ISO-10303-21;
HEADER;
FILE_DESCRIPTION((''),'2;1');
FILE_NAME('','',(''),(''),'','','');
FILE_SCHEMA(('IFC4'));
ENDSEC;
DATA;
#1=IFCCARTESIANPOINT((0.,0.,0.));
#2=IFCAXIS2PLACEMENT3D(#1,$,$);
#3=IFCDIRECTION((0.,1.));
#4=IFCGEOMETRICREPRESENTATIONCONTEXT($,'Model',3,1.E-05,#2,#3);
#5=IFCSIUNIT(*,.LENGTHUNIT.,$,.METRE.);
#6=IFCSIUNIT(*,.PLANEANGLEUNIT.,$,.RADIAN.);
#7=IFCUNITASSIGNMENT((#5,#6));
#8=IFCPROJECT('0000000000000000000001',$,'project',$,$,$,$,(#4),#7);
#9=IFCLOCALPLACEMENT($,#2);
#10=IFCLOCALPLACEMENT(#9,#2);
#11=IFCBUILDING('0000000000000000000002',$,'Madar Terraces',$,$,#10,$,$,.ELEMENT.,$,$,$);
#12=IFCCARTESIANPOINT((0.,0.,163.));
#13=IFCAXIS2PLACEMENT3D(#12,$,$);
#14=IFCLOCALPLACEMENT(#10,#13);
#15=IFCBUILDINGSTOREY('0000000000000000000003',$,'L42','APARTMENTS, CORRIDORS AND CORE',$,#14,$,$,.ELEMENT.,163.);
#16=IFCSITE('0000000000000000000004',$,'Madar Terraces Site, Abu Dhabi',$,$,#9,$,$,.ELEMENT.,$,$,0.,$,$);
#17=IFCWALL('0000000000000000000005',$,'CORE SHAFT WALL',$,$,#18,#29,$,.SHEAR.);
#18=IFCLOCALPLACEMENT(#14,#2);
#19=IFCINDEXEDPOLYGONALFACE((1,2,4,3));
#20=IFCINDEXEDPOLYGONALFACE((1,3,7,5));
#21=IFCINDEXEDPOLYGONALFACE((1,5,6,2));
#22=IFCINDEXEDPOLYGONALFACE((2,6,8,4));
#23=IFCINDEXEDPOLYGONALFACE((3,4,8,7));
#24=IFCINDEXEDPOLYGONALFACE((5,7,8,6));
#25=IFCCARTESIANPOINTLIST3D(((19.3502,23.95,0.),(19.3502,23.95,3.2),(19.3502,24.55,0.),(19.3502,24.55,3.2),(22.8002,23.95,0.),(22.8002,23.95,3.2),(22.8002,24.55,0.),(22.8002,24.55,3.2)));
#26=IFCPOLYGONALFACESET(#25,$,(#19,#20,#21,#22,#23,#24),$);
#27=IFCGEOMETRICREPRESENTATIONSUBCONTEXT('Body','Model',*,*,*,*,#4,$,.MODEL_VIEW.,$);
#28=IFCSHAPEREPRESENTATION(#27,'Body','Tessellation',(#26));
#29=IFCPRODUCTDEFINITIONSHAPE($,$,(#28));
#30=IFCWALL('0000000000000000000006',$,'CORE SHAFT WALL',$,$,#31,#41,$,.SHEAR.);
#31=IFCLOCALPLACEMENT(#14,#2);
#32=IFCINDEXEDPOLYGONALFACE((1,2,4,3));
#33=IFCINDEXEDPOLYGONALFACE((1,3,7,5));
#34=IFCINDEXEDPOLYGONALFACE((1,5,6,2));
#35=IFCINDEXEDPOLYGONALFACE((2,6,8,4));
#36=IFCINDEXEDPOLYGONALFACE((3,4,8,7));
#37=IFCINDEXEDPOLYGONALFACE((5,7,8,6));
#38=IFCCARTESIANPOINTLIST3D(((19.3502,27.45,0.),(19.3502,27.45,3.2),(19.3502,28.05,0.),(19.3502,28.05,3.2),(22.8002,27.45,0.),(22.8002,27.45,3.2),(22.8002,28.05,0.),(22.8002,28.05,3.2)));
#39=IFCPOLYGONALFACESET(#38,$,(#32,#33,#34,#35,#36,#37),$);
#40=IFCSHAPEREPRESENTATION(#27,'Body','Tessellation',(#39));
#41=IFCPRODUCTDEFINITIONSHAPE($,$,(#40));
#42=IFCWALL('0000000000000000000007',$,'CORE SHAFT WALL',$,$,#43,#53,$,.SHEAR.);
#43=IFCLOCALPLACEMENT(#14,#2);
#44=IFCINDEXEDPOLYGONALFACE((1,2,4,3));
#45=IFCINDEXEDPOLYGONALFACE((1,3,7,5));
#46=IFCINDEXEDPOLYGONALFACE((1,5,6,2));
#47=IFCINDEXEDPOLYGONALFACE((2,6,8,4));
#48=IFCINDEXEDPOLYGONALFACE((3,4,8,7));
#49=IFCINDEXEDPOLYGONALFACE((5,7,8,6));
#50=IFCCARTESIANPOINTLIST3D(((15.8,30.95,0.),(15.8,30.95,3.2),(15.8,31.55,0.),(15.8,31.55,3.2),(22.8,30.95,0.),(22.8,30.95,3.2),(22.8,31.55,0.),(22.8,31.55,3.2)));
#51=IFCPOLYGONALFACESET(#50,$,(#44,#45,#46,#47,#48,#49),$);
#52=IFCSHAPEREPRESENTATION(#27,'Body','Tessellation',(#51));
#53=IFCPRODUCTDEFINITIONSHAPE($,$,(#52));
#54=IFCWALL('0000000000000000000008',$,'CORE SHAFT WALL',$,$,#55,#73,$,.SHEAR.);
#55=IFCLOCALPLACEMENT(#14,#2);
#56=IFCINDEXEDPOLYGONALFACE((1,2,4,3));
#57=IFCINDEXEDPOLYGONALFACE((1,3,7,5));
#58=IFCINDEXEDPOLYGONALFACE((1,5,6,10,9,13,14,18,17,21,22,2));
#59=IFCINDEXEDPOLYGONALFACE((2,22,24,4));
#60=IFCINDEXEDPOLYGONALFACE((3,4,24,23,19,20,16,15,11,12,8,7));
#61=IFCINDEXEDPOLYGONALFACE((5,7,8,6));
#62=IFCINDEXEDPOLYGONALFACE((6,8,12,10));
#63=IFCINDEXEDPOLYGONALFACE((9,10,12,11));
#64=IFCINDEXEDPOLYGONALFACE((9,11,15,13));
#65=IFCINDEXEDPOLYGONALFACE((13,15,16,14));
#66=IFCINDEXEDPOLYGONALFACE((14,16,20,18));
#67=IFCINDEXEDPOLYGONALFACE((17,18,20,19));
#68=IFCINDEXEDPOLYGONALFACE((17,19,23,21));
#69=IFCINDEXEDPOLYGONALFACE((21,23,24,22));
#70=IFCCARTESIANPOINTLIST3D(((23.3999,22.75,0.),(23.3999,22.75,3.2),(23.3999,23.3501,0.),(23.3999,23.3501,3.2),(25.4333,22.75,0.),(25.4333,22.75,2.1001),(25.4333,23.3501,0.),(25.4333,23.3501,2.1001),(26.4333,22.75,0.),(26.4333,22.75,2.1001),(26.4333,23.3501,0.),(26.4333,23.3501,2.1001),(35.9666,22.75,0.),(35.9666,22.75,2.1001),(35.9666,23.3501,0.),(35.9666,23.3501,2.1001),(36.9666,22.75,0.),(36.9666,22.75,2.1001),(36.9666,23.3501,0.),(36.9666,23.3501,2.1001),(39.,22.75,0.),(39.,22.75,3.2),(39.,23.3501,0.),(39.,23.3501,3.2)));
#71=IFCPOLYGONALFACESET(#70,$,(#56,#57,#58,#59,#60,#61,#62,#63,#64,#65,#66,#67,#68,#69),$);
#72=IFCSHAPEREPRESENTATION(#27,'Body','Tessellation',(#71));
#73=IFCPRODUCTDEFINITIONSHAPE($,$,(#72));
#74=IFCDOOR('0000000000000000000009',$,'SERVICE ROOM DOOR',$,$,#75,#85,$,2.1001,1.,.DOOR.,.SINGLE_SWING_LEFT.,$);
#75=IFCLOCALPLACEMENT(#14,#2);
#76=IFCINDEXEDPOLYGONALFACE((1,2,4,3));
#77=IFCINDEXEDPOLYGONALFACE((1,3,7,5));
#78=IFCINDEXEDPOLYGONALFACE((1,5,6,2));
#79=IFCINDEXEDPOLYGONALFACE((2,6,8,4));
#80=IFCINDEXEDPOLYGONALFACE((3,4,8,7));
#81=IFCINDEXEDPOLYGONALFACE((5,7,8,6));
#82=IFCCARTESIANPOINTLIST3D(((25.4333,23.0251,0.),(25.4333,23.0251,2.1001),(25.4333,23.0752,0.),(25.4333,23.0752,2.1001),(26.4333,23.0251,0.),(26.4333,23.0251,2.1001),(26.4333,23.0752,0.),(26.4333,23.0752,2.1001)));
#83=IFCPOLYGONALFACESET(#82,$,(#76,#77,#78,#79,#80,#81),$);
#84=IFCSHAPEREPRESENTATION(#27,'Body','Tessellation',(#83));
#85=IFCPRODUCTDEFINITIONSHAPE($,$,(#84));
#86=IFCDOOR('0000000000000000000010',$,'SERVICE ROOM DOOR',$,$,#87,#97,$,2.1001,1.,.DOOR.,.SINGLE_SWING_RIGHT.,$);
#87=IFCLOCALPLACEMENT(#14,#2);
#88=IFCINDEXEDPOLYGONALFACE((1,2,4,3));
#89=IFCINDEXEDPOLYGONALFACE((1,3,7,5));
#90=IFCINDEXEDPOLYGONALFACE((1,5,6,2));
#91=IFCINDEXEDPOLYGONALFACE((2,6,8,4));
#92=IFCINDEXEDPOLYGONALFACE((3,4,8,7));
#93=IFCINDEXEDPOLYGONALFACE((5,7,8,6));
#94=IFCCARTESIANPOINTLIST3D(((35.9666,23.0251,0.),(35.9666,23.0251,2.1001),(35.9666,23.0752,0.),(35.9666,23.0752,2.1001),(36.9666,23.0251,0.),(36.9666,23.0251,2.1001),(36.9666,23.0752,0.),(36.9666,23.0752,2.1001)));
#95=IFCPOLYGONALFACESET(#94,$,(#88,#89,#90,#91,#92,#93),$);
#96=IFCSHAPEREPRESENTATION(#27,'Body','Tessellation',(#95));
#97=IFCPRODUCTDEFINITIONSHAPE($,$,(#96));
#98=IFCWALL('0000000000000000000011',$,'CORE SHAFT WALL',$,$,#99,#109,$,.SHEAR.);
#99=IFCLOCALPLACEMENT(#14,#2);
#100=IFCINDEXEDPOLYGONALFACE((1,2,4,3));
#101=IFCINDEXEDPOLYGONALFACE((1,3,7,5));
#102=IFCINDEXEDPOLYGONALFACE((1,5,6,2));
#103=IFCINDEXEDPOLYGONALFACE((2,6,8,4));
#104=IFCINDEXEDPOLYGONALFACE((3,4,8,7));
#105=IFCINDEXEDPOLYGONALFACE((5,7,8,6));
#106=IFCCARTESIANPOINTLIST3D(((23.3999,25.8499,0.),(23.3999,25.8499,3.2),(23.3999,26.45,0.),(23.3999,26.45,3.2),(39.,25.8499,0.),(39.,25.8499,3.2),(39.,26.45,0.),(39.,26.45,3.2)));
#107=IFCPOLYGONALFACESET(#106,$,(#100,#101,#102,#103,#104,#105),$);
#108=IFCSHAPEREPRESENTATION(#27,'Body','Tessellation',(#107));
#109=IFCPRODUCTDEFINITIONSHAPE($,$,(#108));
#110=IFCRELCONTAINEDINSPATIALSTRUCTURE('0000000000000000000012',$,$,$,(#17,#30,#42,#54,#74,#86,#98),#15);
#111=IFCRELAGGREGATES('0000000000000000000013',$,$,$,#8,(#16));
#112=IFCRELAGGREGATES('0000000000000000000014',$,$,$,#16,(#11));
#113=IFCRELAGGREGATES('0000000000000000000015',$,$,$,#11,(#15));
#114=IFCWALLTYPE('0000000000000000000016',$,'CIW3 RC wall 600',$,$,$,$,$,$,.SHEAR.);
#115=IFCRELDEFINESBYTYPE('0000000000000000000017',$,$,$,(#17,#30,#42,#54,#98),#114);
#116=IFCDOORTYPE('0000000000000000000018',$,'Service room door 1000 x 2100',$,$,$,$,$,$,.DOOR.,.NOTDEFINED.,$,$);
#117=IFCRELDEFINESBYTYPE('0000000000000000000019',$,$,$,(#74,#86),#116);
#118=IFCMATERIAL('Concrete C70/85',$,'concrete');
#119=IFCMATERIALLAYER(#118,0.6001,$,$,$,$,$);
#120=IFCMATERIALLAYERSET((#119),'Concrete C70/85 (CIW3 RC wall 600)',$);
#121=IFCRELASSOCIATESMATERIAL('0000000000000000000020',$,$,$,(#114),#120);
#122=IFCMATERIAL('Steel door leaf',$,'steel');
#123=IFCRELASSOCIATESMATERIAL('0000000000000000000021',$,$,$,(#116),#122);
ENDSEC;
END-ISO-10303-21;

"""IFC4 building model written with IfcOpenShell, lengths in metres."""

from ifc_helpers import new_model, si_unit, direction, frame, frame_2d, origin, place, context, subcontext, project, spatial, rectangle, extrude, material, layer, layer_set, type_object, element, fill, save


model = new_model("IFC4")

# Units and contexts
model_context = context("Model", 3, precision=1e-05, world=origin(), true_north=direction((0.0, 1.0)))
body_context = subcontext(model_context, "Body", "Model", "MODEL_VIEW")
ifc_project = project(units=[si_unit("LENGTHUNIT", "METRE"), si_unit("PLANEANGLEUNIT", "RADIAN")], contexts=[model_context])

# Site, building, storey
site_placement = place(None, origin())
site = spatial("IfcSite", under=ifc_project, at=site_placement, Name="Madar Terraces Site, Abu Dhabi", CompositionType="ELEMENT", RefElevation=0.0)
building_placement = place(site_placement, origin())
building = spatial("IfcBuilding", under=site, at=building_placement, Name="Madar Terraces", CompositionType="ELEMENT")
storey_placement = place(building_placement, frame((0.0, 0.0, 163.0)))
storey = spatial("IfcBuildingStorey", under=building, at=storey_placement, Name="L42", Description="APARTMENTS, CORRIDORS AND CORE", CompositionType="ELEMENT", Elevation=163.0)

# Walls
ifc_material_1 = material(Name="Concrete C70/85", Category="concrete")
ifc_layer_1 = layer(ifc_material_1, 0.6001)
ifc_layer_set_1 = layer_set([ifc_layer_1], Name="Concrete C70/85 (CIW3 RC wall 600)")
wall_type_1 = type_object("IfcWallType", Name="CIW3 RC wall 600", PredefinedType="SHEAR", material=ifc_layer_set_1)
for number, where, z_axis, x_axis, name in (
    (1, (19.3501, 24.25, 0.0), (0.0, 0.0, 1.0), (1.0, 0.0, 0.0), "CORE SHAFT WALL"),
    (2, (19.3501, 27.75, 0.0), (0.0, 0.0, 1.0), (1.0, 0.0, 0.0), "CORE SHAFT WALL"),
):
    element("IfcWall", number, at=place(storey_placement, frame(where, z_axis=z_axis, x_axis=x_axis)), inside=storey, type_object=wall_type_1, Name=name, PredefinedType="SHEAR", context=body_context, shape_type="SweptSolid", body=[
        extrude(rectangle(XDim=3.45, YDim=0.6001, at=frame_2d((1.7251, 0.0))), origin(), (0.0, 0.0, 1.0), 3.2),
    ])
wall_1_placement = place(storey_placement, frame((15.8, 31.25, 0.0), z_axis=(0.0, 0.0, 1.0), x_axis=(1.0, 0.0, 0.0)))
element("IfcWall", 3, at=wall_1_placement, inside=storey, type_object=wall_type_1, Name="CORE SHAFT WALL", PredefinedType="SHEAR", context=body_context, shape_type="SweptSolid", body=[
    extrude(rectangle(XDim=7.0, YDim=0.6001, at=frame_2d((3.5, 0.0))), origin(), (0.0, 0.0, 1.0), 3.2),
])

# Wall, openings, doors
wall_2_placement = place(storey_placement, frame((23.3999, 23.05, 0.0), z_axis=(0.0, 0.0, 1.0), x_axis=(1.0, 0.0, 0.0)))
wall_2 = element("IfcWall", 4, at=wall_2_placement, inside=storey, type_object=wall_type_1, Name="CORE SHAFT WALL", PredefinedType="SHEAR", context=body_context, shape_type="SweptSolid", body=[
    extrude(rectangle(XDim=15.6001, YDim=0.6001, at=frame_2d((7.8, 0.0))), origin(), (0.0, 0.0, 1.0), 3.2),
])
opening_1_placement = place(wall_2_placement, frame((2.0334, 0.0, 0.0)))
opening_1 = element("IfcOpeningElement", 5, at=opening_1_placement, cuts=wall_2, PredefinedType="OPENING", context=body_context, shape_type="SweptSolid", body=[
    extrude(rectangle(XDim=1.0, YDim=2.1001, at=frame_2d((0.5, 1.05))), frame((0.0, 0.3101, 0.0), z_axis=(0.0, -1.0, 0.0), x_axis=(1.0, 0.0, 0.0)), (0.0, 0.0, 1.0), 0.6201),
])
opening_2_placement = place(wall_2_placement, frame((12.5667, 0.0, 0.0)))
opening_2 = element("IfcOpeningElement", 6, at=opening_2_placement, cuts=wall_2, PredefinedType="OPENING", context=body_context, shape_type="SweptSolid", body=[
    extrude(rectangle(XDim=1.0, YDim=2.1001, at=frame_2d((0.5, 1.05))), frame((0.0, 0.3101, 0.0), z_axis=(0.0, -1.0, 0.0), x_axis=(1.0, 0.0, 0.0)), (0.0, 0.0, 1.0), 0.6201),
])
ifc_material_2 = material(Name="Steel door leaf", Category="steel")
door_type_1 = type_object("IfcDoorType", Name="Service room door 1000 x 2100", OperationType="NOTDEFINED", PredefinedType="DOOR", material=ifc_material_2)
door_1_placement = place(opening_1_placement, frame((1.0, 0.0, 0.0), z_axis=(0.0, 0.0, 1.0), x_axis=(-1.0, 0.0, 0.0)))
door_1 = element("IfcDoor", 7, at=door_1_placement, inside=storey, type_object=door_type_1, Name="SERVICE ROOM DOOR", OperationType="SINGLE_SWING_LEFT", OverallHeight=2.1001, OverallWidth=1.0, PredefinedType="DOOR", context=body_context, shape_type="SweptSolid", body=[
    extrude(rectangle(XDim=1.0, YDim=2.1001, at=frame_2d((0.5, 1.05))), frame((0.0, 0.0249, 0.0), z_axis=(0.0, -1.0, 0.0), x_axis=(1.0, 0.0, 0.0)), (0.0, 0.0, 1.0), 0.05),
])
fill(opening_1, door_1)
door_2_placement = place(opening_2_placement, frame((1.0, 0.0, 0.0), z_axis=(0.0, 0.0, 1.0), x_axis=(-1.0, 0.0, 0.0)))
door_2 = element("IfcDoor", 8, at=door_2_placement, inside=storey, type_object=door_type_1, Name="SERVICE ROOM DOOR", OperationType="SINGLE_SWING_RIGHT", OverallHeight=2.1001, OverallWidth=1.0, PredefinedType="DOOR", context=body_context, shape_type="SweptSolid", body=[
    extrude(rectangle(XDim=1.0, YDim=2.1001, at=frame_2d((0.5, 1.05))), frame((0.0, 0.0249, 0.0), z_axis=(0.0, -1.0, 0.0), x_axis=(1.0, 0.0, 0.0)), (0.0, 0.0, 1.0), 0.05),
])
fill(opening_2, door_2)

# Wall
wall_3_placement = place(storey_placement, frame((23.3999, 26.1499, 0.0), z_axis=(0.0, 0.0, 1.0), x_axis=(1.0, 0.0, 0.0)))
element("IfcWall", 9, at=wall_3_placement, inside=storey, type_object=wall_type_1, Name="CORE SHAFT WALL", PredefinedType="SHEAR", context=body_context, shape_type="SweptSolid", body=[
    extrude(rectangle(XDim=15.6001, YDim=0.6001, at=frame_2d((7.8, 0.0))), origin(), (0.0, 0.0, 1.0), 3.2),
])

save(model, "model.ifc")
